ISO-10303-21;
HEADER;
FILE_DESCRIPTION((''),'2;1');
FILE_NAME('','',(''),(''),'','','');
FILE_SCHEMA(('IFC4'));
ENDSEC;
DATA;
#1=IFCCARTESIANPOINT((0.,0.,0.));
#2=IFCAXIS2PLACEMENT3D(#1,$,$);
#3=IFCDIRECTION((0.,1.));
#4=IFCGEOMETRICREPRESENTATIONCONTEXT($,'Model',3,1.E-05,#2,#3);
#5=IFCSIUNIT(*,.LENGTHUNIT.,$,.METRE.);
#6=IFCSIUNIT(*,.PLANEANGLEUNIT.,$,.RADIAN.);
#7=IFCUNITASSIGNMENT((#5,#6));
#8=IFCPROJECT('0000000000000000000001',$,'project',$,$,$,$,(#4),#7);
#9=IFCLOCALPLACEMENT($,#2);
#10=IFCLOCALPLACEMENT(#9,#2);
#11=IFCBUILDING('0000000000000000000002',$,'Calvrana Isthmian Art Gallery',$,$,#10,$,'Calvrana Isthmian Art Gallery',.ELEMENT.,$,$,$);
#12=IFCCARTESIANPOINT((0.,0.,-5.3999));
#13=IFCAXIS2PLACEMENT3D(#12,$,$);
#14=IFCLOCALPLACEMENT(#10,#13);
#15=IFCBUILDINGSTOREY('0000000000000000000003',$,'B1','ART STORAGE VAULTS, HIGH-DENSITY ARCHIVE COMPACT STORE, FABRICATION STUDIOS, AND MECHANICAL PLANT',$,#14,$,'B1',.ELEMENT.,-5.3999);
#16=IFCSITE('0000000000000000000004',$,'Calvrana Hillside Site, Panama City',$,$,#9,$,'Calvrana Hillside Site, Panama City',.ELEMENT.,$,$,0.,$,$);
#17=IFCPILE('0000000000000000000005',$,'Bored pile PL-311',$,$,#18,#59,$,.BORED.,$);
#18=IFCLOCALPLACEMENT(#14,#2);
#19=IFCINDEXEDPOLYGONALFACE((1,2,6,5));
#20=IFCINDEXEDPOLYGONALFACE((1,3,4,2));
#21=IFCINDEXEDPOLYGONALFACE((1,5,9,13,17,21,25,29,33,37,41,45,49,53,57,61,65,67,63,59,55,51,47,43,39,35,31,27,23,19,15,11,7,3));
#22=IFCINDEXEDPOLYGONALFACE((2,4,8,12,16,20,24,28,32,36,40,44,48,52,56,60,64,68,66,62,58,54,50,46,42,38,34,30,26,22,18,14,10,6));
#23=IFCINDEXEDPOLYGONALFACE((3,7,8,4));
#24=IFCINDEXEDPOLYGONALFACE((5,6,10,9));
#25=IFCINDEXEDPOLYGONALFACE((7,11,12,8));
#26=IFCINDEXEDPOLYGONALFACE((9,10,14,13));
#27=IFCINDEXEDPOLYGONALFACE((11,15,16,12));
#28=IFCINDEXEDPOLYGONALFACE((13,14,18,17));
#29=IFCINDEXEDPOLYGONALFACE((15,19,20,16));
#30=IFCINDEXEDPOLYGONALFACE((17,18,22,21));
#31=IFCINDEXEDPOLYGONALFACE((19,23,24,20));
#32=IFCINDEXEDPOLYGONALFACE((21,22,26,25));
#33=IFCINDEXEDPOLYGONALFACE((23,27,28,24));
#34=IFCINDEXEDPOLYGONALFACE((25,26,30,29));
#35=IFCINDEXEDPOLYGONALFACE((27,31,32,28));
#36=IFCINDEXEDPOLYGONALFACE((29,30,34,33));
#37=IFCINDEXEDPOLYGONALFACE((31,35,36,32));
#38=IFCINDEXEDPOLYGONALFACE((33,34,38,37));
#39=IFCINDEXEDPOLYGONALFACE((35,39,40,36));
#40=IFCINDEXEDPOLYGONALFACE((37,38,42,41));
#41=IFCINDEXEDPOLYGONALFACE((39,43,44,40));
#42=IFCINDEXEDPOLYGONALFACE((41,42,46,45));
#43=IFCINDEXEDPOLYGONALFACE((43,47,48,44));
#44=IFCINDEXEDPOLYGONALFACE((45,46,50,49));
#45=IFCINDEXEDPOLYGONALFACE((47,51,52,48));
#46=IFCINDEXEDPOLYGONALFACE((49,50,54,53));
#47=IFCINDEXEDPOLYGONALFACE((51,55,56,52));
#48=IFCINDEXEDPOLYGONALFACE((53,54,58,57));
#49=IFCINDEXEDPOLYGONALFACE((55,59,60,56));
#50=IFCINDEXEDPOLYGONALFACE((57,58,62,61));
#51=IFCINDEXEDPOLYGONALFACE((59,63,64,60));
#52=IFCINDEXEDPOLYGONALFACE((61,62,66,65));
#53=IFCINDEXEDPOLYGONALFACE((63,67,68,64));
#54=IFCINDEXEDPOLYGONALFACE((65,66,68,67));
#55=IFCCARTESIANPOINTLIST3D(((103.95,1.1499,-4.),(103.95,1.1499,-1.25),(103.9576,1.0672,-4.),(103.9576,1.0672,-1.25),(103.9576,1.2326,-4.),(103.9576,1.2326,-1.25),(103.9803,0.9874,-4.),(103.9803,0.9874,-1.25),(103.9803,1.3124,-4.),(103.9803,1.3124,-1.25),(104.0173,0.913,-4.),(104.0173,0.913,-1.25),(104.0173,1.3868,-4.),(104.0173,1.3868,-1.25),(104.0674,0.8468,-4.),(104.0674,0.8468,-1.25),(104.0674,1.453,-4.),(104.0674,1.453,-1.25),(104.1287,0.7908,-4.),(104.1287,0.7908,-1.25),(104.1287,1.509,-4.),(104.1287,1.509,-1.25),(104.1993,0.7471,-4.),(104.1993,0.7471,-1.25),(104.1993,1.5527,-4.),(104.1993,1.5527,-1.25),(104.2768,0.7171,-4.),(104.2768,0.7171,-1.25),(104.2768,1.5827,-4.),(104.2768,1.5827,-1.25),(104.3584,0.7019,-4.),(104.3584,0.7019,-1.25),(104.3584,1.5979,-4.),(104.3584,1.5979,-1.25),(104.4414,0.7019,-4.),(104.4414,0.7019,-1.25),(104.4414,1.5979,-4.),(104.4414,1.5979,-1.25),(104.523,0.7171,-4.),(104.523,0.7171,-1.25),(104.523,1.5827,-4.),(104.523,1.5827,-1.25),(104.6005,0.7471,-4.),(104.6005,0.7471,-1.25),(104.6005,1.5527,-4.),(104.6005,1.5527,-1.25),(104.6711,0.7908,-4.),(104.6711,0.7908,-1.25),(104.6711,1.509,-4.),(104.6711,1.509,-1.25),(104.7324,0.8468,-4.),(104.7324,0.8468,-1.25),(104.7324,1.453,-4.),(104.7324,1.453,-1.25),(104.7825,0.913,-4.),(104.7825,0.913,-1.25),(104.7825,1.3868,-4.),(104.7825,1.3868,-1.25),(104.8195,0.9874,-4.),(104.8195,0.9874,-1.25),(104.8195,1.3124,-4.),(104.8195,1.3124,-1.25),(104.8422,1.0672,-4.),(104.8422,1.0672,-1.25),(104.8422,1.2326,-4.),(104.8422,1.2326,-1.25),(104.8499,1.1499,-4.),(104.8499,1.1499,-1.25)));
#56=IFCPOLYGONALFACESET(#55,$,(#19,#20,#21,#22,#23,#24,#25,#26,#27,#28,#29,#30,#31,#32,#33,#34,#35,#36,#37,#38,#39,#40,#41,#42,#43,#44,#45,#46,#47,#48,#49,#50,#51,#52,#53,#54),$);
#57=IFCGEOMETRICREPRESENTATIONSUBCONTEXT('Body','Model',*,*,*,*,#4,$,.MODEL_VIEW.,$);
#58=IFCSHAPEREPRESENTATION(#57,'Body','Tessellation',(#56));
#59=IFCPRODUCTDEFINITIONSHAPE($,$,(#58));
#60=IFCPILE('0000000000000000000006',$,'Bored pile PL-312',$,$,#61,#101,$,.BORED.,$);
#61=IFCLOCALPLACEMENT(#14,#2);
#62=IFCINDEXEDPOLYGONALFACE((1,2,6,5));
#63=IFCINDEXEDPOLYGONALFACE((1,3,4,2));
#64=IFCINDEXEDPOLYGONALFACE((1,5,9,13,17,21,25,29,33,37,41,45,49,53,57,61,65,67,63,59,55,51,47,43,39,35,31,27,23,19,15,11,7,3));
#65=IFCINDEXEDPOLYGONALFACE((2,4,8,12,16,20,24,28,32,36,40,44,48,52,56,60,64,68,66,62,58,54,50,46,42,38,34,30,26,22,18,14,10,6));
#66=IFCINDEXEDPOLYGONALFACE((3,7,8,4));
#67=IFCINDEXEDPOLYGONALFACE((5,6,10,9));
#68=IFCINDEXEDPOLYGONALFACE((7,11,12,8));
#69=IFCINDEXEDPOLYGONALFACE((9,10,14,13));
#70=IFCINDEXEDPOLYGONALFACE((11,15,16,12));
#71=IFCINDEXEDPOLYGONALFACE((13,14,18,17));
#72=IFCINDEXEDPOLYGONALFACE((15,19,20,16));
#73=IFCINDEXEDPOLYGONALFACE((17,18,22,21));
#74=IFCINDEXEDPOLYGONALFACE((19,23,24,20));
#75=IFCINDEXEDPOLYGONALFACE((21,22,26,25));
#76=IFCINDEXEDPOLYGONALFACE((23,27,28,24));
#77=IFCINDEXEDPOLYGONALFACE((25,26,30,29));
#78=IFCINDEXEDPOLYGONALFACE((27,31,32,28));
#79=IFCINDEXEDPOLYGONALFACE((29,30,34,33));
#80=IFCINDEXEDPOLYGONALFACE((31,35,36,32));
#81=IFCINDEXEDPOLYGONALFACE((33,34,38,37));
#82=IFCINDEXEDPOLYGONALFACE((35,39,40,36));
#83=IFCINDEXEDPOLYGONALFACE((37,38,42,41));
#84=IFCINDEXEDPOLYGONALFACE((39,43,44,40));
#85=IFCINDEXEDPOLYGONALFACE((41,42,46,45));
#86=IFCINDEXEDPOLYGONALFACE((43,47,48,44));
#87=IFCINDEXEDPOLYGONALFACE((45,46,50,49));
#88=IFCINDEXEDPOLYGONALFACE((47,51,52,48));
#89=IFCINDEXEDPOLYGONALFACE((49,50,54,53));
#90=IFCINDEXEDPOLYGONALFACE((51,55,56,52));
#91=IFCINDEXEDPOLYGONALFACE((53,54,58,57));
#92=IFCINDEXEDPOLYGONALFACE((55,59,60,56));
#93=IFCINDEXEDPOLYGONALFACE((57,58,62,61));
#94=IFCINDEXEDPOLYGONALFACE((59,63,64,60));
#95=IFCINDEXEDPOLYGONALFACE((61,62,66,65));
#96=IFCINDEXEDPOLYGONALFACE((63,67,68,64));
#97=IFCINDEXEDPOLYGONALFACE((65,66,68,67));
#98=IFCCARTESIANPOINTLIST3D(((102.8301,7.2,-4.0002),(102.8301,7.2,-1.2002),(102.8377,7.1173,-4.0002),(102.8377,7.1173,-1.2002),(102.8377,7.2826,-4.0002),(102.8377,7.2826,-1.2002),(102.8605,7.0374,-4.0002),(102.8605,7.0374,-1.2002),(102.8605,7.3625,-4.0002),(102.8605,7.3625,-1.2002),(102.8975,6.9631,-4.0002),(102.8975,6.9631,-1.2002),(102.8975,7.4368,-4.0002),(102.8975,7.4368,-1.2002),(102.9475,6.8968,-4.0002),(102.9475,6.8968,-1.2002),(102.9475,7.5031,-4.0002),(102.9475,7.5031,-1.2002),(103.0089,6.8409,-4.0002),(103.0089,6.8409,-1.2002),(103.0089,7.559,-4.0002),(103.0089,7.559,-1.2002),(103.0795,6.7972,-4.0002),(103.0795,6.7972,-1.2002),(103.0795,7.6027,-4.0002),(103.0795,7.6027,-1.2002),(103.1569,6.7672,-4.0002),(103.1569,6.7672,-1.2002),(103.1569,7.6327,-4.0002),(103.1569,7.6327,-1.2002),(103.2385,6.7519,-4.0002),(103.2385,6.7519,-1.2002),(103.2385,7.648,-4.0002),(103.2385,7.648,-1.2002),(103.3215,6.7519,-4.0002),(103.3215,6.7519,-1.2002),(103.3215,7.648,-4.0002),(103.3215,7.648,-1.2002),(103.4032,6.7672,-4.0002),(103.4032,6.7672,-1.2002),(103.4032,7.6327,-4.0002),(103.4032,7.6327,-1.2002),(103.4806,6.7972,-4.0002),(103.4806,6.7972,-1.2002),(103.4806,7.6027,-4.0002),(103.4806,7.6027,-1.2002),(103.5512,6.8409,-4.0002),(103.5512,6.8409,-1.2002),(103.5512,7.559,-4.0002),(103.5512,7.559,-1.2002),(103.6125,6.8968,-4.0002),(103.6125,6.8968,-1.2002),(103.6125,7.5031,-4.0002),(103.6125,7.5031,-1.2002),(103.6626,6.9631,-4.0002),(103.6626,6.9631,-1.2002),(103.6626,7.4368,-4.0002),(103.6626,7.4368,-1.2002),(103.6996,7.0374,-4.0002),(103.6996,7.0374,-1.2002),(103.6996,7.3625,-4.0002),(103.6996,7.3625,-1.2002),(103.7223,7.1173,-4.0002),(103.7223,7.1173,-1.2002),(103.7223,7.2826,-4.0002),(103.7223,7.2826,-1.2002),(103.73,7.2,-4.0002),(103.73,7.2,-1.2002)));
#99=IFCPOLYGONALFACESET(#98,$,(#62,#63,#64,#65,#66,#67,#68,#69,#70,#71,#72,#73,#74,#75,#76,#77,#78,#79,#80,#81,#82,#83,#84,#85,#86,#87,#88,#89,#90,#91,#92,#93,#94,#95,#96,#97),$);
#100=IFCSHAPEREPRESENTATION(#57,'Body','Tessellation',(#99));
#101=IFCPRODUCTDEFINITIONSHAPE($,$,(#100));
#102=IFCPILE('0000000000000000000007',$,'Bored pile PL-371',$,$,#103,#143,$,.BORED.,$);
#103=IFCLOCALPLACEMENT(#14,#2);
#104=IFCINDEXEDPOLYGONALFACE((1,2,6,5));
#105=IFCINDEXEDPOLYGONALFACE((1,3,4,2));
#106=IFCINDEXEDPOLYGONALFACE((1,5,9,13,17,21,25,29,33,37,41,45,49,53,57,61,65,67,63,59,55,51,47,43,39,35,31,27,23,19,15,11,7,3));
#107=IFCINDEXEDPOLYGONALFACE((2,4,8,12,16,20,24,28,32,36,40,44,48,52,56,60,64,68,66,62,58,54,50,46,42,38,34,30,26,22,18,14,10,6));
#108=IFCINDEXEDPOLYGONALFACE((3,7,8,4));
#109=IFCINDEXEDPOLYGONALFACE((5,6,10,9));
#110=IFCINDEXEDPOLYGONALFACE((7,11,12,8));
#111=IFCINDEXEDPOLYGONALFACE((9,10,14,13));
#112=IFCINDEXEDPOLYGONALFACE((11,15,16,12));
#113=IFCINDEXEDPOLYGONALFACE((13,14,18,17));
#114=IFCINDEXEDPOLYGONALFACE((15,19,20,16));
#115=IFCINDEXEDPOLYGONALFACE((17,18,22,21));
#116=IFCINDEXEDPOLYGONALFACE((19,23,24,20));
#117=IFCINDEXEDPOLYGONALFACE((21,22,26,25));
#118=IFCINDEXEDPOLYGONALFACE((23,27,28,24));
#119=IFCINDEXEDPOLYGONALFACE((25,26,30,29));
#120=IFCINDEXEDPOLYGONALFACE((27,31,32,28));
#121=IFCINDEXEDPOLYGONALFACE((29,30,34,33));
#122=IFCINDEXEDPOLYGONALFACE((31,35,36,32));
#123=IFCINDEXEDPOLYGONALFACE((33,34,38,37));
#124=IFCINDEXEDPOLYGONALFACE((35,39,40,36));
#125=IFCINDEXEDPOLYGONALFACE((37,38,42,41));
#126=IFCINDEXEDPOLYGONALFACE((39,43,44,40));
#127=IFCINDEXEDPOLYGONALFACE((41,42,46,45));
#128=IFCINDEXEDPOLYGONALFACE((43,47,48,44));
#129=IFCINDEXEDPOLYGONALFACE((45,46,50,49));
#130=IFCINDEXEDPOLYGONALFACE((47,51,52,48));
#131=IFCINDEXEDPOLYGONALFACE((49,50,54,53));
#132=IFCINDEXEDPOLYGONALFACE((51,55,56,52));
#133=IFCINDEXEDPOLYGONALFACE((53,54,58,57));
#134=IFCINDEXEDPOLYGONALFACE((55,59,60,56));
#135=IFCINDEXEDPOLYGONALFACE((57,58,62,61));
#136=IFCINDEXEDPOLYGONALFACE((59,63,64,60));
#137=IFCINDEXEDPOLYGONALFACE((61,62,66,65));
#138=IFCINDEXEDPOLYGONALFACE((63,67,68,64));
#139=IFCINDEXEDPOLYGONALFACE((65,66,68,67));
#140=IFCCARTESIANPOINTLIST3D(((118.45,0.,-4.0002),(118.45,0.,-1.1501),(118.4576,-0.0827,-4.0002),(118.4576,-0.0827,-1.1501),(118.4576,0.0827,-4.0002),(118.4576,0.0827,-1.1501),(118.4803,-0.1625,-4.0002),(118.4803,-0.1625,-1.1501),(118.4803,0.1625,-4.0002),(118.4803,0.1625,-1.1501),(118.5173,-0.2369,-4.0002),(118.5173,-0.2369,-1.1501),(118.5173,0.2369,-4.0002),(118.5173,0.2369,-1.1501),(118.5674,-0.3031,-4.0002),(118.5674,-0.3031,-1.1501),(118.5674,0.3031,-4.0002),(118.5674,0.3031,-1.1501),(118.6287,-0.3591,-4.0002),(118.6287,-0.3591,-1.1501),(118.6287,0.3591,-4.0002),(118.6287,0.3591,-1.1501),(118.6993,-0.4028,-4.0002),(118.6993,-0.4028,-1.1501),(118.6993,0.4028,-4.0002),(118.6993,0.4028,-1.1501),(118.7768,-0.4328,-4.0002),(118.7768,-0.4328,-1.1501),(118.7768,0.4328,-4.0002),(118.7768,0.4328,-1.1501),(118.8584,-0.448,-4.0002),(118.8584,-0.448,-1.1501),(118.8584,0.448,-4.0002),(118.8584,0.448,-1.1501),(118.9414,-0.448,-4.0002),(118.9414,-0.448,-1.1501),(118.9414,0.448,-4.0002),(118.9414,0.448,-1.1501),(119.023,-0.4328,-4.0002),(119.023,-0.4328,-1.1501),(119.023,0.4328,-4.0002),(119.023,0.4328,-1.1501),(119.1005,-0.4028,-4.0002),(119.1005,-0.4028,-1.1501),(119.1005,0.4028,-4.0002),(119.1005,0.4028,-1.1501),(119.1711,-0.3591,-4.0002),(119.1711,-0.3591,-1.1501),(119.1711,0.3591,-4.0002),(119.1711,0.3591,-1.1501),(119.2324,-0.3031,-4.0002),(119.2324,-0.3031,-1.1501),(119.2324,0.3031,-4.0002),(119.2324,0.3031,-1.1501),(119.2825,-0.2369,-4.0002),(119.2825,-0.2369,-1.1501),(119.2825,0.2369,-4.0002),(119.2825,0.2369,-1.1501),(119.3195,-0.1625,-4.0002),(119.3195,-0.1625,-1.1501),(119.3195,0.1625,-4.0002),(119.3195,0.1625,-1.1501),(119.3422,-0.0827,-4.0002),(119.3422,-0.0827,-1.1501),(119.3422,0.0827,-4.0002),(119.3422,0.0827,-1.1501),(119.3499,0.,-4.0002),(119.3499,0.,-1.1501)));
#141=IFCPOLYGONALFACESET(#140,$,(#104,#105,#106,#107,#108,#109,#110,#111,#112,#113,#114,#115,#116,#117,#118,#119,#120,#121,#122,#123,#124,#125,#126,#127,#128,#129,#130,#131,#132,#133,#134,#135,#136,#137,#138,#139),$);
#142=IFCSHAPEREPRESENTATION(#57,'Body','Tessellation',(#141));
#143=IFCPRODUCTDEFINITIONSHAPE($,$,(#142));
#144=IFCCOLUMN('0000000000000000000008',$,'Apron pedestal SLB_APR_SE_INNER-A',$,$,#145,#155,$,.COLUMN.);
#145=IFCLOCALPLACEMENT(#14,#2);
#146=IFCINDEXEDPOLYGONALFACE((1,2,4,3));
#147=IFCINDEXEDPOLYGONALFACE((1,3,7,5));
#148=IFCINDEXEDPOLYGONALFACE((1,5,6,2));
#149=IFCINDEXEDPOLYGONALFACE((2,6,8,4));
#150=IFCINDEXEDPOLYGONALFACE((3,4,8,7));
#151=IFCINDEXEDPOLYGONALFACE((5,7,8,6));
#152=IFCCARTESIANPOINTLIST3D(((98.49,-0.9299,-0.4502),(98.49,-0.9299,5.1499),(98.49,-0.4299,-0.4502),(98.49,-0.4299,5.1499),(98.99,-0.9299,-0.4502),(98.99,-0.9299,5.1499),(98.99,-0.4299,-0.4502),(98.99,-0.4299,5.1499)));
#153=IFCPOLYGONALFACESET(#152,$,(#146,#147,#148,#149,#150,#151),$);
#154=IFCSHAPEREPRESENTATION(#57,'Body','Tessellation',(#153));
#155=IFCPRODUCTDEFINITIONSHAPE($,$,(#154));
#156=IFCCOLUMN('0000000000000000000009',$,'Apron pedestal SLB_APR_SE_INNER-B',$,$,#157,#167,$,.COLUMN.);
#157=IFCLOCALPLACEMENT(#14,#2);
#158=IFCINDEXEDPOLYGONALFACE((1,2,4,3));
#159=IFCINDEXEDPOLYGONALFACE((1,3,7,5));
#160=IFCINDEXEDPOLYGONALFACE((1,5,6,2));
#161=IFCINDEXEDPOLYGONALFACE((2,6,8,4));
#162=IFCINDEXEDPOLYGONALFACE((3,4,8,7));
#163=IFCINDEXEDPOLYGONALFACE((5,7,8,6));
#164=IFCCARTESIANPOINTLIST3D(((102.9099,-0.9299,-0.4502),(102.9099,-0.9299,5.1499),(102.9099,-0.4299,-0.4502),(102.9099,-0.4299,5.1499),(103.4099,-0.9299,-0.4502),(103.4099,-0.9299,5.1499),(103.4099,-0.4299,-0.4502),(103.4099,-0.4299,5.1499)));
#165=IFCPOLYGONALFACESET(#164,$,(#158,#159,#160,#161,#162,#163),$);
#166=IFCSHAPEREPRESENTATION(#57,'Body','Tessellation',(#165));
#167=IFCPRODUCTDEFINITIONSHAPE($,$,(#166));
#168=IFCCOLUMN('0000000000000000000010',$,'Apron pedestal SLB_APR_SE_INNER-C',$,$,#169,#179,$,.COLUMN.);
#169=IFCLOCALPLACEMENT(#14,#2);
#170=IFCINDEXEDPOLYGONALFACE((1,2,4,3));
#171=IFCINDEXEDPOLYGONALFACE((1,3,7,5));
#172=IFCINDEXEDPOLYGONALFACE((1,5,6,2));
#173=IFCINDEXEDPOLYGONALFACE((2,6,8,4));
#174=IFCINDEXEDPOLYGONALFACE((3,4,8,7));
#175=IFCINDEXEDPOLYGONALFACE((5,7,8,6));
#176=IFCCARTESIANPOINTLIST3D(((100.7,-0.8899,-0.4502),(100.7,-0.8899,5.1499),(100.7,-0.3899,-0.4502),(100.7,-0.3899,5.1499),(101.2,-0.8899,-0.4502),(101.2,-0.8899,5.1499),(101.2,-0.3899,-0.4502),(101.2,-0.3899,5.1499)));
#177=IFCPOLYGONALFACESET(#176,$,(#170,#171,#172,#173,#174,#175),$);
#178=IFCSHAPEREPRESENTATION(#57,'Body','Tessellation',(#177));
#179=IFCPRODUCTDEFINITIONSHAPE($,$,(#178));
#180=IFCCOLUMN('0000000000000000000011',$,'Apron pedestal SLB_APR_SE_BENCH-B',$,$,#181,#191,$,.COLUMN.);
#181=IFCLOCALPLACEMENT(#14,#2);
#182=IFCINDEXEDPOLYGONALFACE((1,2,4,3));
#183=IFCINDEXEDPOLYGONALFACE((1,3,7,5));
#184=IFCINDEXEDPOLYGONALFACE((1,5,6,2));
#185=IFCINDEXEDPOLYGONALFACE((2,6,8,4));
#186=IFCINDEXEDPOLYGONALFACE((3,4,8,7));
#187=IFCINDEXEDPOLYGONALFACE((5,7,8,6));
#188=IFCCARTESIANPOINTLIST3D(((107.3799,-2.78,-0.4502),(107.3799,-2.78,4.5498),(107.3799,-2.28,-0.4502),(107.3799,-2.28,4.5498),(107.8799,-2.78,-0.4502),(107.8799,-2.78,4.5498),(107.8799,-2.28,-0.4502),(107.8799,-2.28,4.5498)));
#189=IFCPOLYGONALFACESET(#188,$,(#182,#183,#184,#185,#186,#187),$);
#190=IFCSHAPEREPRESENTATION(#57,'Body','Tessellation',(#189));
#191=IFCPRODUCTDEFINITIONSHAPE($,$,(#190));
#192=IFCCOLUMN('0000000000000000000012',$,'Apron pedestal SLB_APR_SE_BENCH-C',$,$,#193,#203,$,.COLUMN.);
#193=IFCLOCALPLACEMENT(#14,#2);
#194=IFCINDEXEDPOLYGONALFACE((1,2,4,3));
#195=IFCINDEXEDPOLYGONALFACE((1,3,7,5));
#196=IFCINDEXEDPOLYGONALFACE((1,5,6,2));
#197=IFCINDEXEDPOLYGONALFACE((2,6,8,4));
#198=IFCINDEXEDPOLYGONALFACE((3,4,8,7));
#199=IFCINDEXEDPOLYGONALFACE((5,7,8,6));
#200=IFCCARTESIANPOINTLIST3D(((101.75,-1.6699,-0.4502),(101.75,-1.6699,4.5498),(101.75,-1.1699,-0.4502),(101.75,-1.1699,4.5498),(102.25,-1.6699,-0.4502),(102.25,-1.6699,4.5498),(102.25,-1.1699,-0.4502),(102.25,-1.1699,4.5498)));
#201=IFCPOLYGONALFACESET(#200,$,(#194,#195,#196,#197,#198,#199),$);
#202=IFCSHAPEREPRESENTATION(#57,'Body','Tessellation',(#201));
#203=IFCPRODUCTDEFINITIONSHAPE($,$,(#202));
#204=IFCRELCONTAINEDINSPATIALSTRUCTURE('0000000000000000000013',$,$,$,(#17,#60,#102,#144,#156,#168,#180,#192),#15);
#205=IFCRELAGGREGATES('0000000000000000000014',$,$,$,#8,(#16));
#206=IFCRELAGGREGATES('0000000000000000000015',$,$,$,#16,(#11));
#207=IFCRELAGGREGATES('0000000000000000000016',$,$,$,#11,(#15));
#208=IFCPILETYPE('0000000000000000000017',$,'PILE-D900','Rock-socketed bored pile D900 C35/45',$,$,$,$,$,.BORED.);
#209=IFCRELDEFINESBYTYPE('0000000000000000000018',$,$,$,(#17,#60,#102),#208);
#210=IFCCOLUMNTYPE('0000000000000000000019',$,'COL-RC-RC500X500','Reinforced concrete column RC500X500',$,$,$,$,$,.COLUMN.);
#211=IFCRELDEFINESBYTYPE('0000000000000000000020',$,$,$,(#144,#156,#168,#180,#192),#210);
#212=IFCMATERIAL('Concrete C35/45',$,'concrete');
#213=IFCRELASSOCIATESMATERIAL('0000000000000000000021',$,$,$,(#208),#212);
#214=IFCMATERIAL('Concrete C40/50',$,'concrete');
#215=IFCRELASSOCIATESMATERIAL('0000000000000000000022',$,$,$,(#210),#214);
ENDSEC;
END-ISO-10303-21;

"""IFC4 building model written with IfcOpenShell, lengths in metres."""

from ifc_helpers import new_model, si_unit, direction, frame, origin, origin_2d, place, context, subcontext, project, spatial, rectangle, circle, extrude, material, material_profile, profile_set, type_object, element, save


model = new_model("IFC4")

# Units and contexts
model_context = context("Model", 3, precision=1e-05, world=origin(), true_north=direction((0.0, 1.0)))
body_context = subcontext(model_context, "Body", "Model", "MODEL_VIEW")
ifc_project = project(units=[si_unit("LENGTHUNIT", "METRE"), si_unit("PLANEANGLEUNIT", "RADIAN")], contexts=[model_context])

# Site, building, storey
site_placement = place(None, origin())
site = spatial("IfcSite", under=ifc_project, at=site_placement, Name="Calvrana Hillside Site, Panama City", LongName="Calvrana Hillside Site, Panama City", CompositionType="ELEMENT", RefElevation=0.0)
building_placement = place(site_placement, origin())
building = spatial("IfcBuilding", under=site, at=building_placement, Name="Calvrana Isthmian Art Gallery", LongName="Calvrana Isthmian Art Gallery", CompositionType="ELEMENT")
storey_placement = place(building_placement, frame((0.0, 0.0, -5.3999)))
storey = spatial("IfcBuildingStorey", under=building, at=storey_placement, Name="B1", Description="ART STORAGE VAULTS, HIGH-DENSITY ARCHIVE COMPACT STORE, FABRICATION STUDIOS, AND MECHANICAL PLANT", LongName="B1", CompositionType="ELEMENT", Elevation=-5.3999)

# Shared definitions
ifc_material_1 = material(Name="Concrete C35/45", Category="concrete")

# Piles
ifc_material_profile_1 = material_profile(ifc_material_1, circle(Radius=0.45, at=origin_2d()), Name="PILE900D")
ifc_profile_set_1 = profile_set([ifc_material_profile_1], Name="Concrete C35/45")
pile_type_1 = type_object("IfcPileType", Name="PILE-D900", Description="Rock-socketed bored pile D900 C35/45", PredefinedType="BORED", material=ifc_profile_set_1)
for number, where, z_axis, x_axis, name in (
    (1, (104.3999, 1.1499, -1.25), (0.0, 0.0, -1.0), (1.0, 0.0, 0.0), "Bored pile PL-311"),
):
    element("IfcPile", number, at=place(storey_placement, frame(where, z_axis=z_axis, x_axis=x_axis)), inside=storey, type_object=pile_type_1, Name=name, PredefinedType="BORED", context=body_context, shape_type="SweptSolid", body=[
        extrude(circle(Radius=0.45, at=origin_2d()), origin(), (0.0, 0.0, 1.0), 2.75),
    ])
pile_1_placement = place(storey_placement, frame((103.28, 7.2, -1.2002), z_axis=(0.0, 0.0, -1.0), x_axis=(1.0, 0.0, 0.0)))
element("IfcPile", 2, at=pile_1_placement, inside=storey, type_object=pile_type_1, Name="Bored pile PL-312", PredefinedType="BORED", context=body_context, shape_type="SweptSolid", body=[
    extrude(circle(Radius=0.45, at=origin_2d()), origin(), (0.0, 0.0, 1.0), 2.8),
])
pile_2_placement = place(storey_placement, frame((118.8999, 0.0, -1.1501), z_axis=(0.0, 0.0, -1.0), x_axis=(1.0, 0.0, 0.0)))
element("IfcPile", 3, at=pile_2_placement, inside=storey, type_object=pile_type_1, Name="Bored pile PL-371", PredefinedType="BORED", context=body_context, shape_type="SweptSolid", body=[
    extrude(circle(Radius=0.45, at=origin_2d()), origin(), (0.0, 0.0, 1.0), 2.8501),
])

# Columns
ifc_material_2 = material(Name="Concrete C40/50", Category="concrete")
ifc_material_profile_2 = material_profile(ifc_material_2, rectangle(XDim=0.5, YDim=0.5, at=origin_2d()), Name="RC500X500")
ifc_profile_set_2 = profile_set([ifc_material_profile_2], Name="Concrete C40/50")
column_type_1 = type_object("IfcColumnType", Name="COL-RC-RC500X500", Description="Reinforced concrete column RC500X500", PredefinedType="COLUMN", material=ifc_profile_set_2)
for number, where, z_axis, x_axis, name in (
    (4, (98.74, -0.6799, -0.4502), (0.0, 0.0, 1.0), (1.0, 0.0, 0.0), "Apron pedestal SLB_APR_SE_INNER-A"),
    (5, (103.1599, -0.6799, -0.4502), (0.0, 0.0, 1.0), (1.0, 0.0, 0.0), "Apron pedestal SLB_APR_SE_INNER-B"),
    (6, (100.95, -0.6399, -0.4502), (0.0, 0.0, 1.0), (1.0, 0.0, 0.0), "Apron pedestal SLB_APR_SE_INNER-C"),
):
    element("IfcColumn", number, at=place(storey_placement, frame(where, z_axis=z_axis, x_axis=x_axis)), inside=storey, type_object=column_type_1, Name=name, PredefinedType="COLUMN", context=body_context, shape_type="SweptSolid", body=[
        extrude(rectangle(XDim=0.5, YDim=0.5, at=origin_2d()), origin(), (0.0, 0.0, 1.0), 5.6001),
    ])
for number, where, z_axis, x_axis, name in (
    (7, (107.6299, -2.53, -0.4502), (0.0, 0.0, 1.0), (1.0, 0.0, 0.0), "Apron pedestal SLB_APR_SE_BENCH-B"),
    (8, (102.0, -1.4199, -0.4502), (0.0, 0.0, 1.0), (1.0, 0.0, 0.0), "Apron pedestal SLB_APR_SE_BENCH-C"),
):
    element("IfcColumn", number, at=place(storey_placement, frame(where, z_axis=z_axis, x_axis=x_axis)), inside=storey, type_object=column_type_1, Name=name, PredefinedType="COLUMN", context=body_context, shape_type="SweptSolid", body=[
        extrude(rectangle(XDim=0.5, YDim=0.5, at=origin_2d()), origin(), (0.0, 0.0, 1.0), 5.0),
    ])

save(model, "model.ifc")
